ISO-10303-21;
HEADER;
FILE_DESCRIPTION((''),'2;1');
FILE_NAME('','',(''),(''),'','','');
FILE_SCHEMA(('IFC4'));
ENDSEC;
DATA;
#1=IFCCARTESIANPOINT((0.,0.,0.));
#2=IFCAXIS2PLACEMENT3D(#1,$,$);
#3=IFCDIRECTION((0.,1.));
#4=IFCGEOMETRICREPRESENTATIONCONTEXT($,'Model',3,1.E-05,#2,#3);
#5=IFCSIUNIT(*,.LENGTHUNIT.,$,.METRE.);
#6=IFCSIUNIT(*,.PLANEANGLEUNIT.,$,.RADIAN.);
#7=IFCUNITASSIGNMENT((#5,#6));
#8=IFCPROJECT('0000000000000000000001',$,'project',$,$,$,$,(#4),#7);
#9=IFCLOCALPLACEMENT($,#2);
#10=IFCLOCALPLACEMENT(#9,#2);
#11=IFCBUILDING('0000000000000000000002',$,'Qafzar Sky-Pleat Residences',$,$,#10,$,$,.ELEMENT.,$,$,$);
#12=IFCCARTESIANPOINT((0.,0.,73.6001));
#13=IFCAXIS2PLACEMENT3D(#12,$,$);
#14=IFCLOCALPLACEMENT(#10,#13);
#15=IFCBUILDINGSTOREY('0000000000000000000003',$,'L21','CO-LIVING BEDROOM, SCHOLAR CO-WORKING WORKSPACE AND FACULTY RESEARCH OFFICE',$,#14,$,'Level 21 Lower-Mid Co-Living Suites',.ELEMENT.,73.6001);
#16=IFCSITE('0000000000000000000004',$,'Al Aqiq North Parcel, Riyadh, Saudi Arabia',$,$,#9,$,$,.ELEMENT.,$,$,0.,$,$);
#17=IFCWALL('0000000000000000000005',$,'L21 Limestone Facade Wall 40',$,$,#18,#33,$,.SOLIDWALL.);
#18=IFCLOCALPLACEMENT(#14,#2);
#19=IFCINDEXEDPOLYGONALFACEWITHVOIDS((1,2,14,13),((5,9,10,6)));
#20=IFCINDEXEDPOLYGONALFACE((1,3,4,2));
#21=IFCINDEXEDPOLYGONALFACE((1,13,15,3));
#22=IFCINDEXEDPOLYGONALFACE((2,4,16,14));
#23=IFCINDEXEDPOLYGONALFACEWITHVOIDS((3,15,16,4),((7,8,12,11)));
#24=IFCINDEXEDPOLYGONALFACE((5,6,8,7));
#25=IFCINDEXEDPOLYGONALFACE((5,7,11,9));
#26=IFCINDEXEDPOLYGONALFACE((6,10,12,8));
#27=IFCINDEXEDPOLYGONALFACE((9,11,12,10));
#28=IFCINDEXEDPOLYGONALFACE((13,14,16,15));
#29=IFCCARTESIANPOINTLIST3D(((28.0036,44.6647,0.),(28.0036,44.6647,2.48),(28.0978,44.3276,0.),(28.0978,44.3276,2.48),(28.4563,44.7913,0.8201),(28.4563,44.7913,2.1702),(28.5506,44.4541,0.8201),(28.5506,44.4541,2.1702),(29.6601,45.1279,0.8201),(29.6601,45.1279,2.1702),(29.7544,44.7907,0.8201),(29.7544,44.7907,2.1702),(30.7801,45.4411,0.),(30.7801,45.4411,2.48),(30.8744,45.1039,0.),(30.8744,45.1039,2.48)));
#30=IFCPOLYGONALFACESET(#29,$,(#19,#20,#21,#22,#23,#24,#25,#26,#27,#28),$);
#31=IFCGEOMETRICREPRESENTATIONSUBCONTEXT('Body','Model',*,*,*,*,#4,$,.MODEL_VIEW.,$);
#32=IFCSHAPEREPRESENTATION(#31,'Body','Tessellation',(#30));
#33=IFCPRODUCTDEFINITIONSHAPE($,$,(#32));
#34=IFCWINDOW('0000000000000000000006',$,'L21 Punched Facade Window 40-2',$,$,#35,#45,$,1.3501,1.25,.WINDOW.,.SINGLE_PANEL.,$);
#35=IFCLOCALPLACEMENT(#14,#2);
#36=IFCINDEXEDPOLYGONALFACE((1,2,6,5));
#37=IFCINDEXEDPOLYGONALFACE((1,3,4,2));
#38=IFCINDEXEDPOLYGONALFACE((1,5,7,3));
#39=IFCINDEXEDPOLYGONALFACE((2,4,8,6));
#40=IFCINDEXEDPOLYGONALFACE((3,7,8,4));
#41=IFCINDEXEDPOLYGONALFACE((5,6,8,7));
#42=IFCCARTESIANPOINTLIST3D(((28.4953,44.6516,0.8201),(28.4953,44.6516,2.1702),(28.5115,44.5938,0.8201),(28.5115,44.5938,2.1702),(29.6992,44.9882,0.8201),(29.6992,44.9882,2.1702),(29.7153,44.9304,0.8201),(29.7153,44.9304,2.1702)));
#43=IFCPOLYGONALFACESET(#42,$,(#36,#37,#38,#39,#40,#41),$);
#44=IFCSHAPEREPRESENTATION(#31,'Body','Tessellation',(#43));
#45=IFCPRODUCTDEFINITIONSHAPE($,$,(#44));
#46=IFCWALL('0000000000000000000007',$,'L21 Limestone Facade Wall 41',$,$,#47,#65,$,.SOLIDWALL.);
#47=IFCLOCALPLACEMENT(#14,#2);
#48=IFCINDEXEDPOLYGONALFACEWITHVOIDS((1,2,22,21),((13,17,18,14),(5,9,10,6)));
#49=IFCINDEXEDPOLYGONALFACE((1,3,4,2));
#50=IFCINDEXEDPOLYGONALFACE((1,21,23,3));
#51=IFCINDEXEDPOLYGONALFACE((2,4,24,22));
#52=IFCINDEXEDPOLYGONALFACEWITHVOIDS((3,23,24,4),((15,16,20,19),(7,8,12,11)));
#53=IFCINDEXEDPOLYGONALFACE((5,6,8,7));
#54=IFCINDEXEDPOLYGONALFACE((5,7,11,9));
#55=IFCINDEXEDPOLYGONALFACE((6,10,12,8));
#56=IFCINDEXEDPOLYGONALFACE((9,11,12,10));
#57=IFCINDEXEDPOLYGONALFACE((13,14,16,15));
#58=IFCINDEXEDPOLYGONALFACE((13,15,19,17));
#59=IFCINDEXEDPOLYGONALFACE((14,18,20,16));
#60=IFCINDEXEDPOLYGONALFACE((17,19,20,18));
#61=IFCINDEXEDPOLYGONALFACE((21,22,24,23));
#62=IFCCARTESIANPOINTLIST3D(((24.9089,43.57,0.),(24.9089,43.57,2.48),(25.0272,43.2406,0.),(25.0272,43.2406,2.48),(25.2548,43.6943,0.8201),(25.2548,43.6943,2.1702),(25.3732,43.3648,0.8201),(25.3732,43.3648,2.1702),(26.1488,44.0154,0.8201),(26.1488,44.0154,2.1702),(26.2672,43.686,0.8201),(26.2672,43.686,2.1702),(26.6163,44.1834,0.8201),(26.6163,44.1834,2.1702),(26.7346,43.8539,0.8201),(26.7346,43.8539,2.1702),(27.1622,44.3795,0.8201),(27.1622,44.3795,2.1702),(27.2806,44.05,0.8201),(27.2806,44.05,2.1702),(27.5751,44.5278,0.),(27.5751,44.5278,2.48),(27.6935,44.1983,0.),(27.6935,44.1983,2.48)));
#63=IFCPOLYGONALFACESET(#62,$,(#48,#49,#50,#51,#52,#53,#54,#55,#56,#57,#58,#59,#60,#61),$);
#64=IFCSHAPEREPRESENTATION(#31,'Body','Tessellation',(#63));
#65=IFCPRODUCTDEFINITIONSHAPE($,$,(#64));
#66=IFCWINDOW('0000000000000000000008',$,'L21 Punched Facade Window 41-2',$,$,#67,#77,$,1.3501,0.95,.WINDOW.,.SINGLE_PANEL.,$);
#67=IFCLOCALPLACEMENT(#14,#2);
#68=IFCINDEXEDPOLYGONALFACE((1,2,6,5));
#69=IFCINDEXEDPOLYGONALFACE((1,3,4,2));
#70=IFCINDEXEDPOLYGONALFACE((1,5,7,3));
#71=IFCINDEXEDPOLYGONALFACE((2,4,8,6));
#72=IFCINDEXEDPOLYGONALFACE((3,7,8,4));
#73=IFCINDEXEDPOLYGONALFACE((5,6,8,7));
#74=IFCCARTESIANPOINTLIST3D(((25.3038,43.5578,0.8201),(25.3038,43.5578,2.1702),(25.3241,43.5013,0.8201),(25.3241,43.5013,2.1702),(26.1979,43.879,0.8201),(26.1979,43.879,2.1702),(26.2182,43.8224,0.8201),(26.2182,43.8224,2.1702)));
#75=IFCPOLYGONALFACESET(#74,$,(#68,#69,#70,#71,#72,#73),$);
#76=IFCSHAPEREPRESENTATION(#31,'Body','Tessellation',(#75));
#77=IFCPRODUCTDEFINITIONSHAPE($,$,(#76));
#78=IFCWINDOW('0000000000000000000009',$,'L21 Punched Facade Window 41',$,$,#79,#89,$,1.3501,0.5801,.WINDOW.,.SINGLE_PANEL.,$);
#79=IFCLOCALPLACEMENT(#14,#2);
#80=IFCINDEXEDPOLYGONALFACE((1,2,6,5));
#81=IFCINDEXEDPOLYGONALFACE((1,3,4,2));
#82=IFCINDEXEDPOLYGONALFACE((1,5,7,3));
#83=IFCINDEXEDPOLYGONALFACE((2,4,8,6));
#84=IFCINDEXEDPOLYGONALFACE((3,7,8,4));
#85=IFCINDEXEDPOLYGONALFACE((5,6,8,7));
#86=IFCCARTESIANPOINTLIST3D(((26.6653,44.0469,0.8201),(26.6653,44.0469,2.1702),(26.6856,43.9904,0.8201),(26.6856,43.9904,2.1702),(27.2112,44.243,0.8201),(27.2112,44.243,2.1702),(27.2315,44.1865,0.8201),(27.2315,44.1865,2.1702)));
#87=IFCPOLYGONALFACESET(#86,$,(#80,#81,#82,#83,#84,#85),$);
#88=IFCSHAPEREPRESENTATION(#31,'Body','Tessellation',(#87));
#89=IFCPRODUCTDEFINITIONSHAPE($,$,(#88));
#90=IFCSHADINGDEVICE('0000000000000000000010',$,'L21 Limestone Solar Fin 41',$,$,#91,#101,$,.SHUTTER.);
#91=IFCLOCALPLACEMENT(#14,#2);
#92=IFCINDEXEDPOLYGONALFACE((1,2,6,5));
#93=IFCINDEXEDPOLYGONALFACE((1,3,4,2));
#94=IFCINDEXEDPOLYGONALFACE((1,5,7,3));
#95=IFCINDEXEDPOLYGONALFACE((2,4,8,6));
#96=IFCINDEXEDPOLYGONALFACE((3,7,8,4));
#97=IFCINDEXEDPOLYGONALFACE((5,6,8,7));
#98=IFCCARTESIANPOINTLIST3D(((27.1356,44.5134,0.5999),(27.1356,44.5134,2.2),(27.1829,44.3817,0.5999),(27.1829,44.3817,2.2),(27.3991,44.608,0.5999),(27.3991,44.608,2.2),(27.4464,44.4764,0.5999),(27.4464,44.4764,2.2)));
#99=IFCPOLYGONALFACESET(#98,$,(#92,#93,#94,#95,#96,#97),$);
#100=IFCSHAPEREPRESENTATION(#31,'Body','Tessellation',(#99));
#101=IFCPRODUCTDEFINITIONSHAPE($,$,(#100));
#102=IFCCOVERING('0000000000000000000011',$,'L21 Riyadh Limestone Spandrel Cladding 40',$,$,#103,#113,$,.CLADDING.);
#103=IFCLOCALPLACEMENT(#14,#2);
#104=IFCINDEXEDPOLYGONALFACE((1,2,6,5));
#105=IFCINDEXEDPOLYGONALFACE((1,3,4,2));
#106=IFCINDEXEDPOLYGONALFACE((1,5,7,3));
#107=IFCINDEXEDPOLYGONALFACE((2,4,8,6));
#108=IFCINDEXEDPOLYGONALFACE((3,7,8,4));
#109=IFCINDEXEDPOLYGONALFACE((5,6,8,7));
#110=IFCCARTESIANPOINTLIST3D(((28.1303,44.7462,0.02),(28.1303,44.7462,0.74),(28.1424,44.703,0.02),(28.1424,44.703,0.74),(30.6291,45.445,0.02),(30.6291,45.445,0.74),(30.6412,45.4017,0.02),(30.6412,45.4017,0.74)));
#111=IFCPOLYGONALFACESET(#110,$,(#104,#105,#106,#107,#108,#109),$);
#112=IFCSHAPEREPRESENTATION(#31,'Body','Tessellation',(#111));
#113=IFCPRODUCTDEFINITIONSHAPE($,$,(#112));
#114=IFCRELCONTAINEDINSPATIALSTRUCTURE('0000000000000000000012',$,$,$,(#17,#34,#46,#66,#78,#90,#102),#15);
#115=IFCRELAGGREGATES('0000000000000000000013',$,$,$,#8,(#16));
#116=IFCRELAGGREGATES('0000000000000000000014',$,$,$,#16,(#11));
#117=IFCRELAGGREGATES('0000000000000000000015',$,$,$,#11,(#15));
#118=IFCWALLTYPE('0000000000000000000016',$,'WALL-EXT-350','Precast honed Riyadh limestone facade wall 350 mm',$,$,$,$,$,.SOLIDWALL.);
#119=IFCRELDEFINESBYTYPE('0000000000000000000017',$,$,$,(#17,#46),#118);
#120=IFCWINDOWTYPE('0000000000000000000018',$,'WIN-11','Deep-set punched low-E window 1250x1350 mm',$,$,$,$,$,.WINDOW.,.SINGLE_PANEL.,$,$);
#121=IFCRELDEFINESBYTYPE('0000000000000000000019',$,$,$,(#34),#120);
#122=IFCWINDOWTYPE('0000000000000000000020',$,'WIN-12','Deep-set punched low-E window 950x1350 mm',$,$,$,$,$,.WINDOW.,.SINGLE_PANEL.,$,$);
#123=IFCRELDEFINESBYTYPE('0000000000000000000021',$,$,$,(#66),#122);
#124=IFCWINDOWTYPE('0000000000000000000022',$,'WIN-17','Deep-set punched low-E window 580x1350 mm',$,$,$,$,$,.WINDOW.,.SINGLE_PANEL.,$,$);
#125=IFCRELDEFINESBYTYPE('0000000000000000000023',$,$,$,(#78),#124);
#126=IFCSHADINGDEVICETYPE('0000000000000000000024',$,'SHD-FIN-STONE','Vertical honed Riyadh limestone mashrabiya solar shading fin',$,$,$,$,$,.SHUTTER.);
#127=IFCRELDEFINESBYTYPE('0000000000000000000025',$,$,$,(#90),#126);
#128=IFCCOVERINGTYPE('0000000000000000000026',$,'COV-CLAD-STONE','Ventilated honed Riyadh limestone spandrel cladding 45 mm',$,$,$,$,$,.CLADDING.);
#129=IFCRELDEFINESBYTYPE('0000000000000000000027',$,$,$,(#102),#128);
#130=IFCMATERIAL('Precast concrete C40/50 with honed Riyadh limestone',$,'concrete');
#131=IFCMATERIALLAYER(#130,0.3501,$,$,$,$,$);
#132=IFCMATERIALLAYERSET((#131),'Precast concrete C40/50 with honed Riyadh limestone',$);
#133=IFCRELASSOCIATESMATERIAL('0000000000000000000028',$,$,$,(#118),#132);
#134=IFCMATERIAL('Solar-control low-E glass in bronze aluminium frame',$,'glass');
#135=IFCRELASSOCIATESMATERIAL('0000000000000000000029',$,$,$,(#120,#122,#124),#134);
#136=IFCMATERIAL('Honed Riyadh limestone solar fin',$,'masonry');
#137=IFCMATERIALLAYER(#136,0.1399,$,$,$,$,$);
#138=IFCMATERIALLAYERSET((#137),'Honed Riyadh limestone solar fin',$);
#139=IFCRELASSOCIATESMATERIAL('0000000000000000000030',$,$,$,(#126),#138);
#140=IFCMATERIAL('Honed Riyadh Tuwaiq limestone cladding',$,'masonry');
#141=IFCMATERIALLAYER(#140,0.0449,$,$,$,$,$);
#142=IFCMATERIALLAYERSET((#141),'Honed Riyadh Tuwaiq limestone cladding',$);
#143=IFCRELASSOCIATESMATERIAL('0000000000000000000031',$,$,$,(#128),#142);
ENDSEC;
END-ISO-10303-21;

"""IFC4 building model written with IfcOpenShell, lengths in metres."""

from ifc_helpers import new_model, si_unit, direction, frame, frame_2d, origin, origin_2d, place, context, subcontext, project, spatial, rectangle, extrude, source, transform, mapped, material, layer, layer_set, type_object, element, fill, save


model = new_model("IFC4")

# Units and contexts
model_context = context("Model", 3, precision=1e-05, world=origin(), true_north=direction((0.0, 1.0)))
body_context = subcontext(model_context, "Body", "Model", "MODEL_VIEW")
ifc_project = project(units=[si_unit("LENGTHUNIT", "METRE"), si_unit("PLANEANGLEUNIT", "RADIAN")], contexts=[model_context])

# Site, building, storey
site_placement = place(None, origin())
site = spatial("IfcSite", under=ifc_project, at=site_placement, Name="Al Aqiq North Parcel, Riyadh, Saudi Arabia", CompositionType="ELEMENT", RefElevation=0.0)
building_placement = place(site_placement, origin())
building = spatial("IfcBuilding", under=site, at=building_placement, Name="Qafzar Sky-Pleat Residences", CompositionType="ELEMENT")
storey_placement = place(building_placement, frame((0.0, 0.0, 73.6001)))
storey = spatial("IfcBuildingStorey", under=building, at=storey_placement, Name="L21", Description="CO-LIVING BEDROOM, SCHOLAR CO-WORKING WORKSPACE AND FACULTY RESEARCH OFFICE", LongName="Level 21 Lower-Mid Co-Living Suites", CompositionType="ELEMENT", Elevation=73.6001)

# Wall, opening, window
ifc_material_1 = material(Name="Precast concrete C40/50 with honed Riyadh limestone", Category="concrete")
ifc_layer_1 = layer(ifc_material_1, 0.3501)
ifc_layer_set_1 = layer_set([ifc_layer_1], Name="Precast concrete C40/50 with honed Riyadh limestone")
wall_type_1 = type_object("IfcWallType", Name="WALL-EXT-350", Description="Precast honed Riyadh limestone facade wall 350 mm", PredefinedType="SOLIDWALL", material=ifc_layer_set_1)
ifc_material_2 = material(Name="Solar-control low-E glass in bronze aluminium frame", Category="glass")
wall_1_placement = place(storey_placement, frame((30.8271, 45.2725, 0.0), z_axis=(0.0, 0.0, 1.0), x_axis=(-0.963062, -0.269281, 0.0)))
wall_1 = element("IfcWall", 1, at=wall_1_placement, inside=storey, type_object=wall_type_1, Name="L21 Limestone Facade Wall 40", PredefinedType="SOLIDWALL", context=body_context, shape_type="SweptSolid", body=[
    extrude(rectangle(XDim=2.8831, YDim=0.3501, at=frame_2d((1.4414, 0.0))), origin(), (0.0, 0.0, 1.0), 2.48),
])
opening_1_placement = place(wall_1_placement, frame((1.1628, 0.0, 0.8201)))
opening_1 = element("IfcOpeningElement", 2, at=opening_1_placement, cuts=wall_1, PredefinedType="OPENING", context=body_context, shape_type="SweptSolid", body=[
    extrude(rectangle(XDim=1.25, YDim=1.3501, at=frame_2d((0.625, 0.675))), frame((0.0, 0.1851, 0.0), z_axis=(0.0, -1.0, 0.0), x_axis=(1.0, 0.0, 0.0)), (0.0, 0.0, 1.0), 0.3701),
])
window_type_1 = type_object("IfcWindowType", Name="WIN-11", Description="Deep-set punched low-E window 1250x1350 mm", PartitioningType="SINGLE_PANEL", PredefinedType="WINDOW", material=ifc_material_2)
shared_shape_1 = source(origin(), body_context, "Body", "SweptSolid", [
    extrude(rectangle(XDim=1.25, YDim=1.3501, at=frame_2d((0.625, 0.675))), frame((0.0, 0.03, 0.0), z_axis=(0.0, -1.0, 0.0), x_axis=(1.0, 0.0, 0.0)), (0.0, 0.0, 1.0), 0.0601),
])
window_1_placement = place(opening_1_placement, origin())
window_1 = element("IfcWindow", 3, at=window_1_placement, inside=storey, type_object=window_type_1, Name="L21 Punched Facade Window 40-2", OverallHeight=1.3501, OverallWidth=1.25, PartitioningType="SINGLE_PANEL", PredefinedType="WINDOW", context=body_context, shape_type="MappedRepresentation", body=[
    mapped(shared_shape_1, transform((0.0, 0.0, 0.0), x_axis=(1.0, 0.0, 0.0), y_axis=(0.0, 1.0, 0.0), z_axis=(0.0, 0.0, 1.0), scale=1.0)),
])
fill(opening_1, window_1)

# Wall, openings, windows
wall_2_placement = place(storey_placement, frame((27.6343, 44.363, 0.0), z_axis=(0.0, 0.0, 1.0), x_axis=(-0.941122, -0.338066, 0.0)))
wall_2 = element("IfcWall", 4, at=wall_2_placement, inside=storey, type_object=wall_type_1, Name="L21 Limestone Facade Wall 41", PredefinedType="SOLIDWALL", context=body_context, shape_type="SweptSolid", body=[
    extrude(rectangle(XDim=2.833, YDim=0.3501, at=frame_2d((1.4165, 0.0))), origin(), (0.0, 0.0, 1.0), 2.48),
])
opening_2_placement = place(wall_2_placement, frame((0.4387, 0.0, 0.8201)))
opening_2 = element("IfcOpeningElement", 5, at=opening_2_placement, cuts=wall_2, PredefinedType="OPENING", context=body_context, shape_type="SweptSolid", body=[
    extrude(rectangle(XDim=0.5801, YDim=1.3501, at=frame_2d((0.29, 0.675))), frame((0.0, 0.1851, 0.0), z_axis=(0.0, -1.0, 0.0), x_axis=(1.0, 0.0, 0.0)), (0.0, 0.0, 1.0), 0.3701),
])
opening_3_placement = place(wall_2_placement, frame((1.5154, 0.0, 0.8201)))
opening_3 = element("IfcOpeningElement", 6, at=opening_3_placement, cuts=wall_2, PredefinedType="OPENING", context=body_context, shape_type="SweptSolid", body=[
    extrude(rectangle(XDim=0.95, YDim=1.3501, at=frame_2d((0.4751, 0.675))), frame((0.0, 0.1851, 0.0), z_axis=(0.0, -1.0, 0.0), x_axis=(1.0, 0.0, 0.0)), (0.0, 0.0, 1.0), 0.3701),
])
window_type_2 = type_object("IfcWindowType", Name="WIN-12", Description="Deep-set punched low-E window 950x1350 mm", PartitioningType="SINGLE_PANEL", PredefinedType="WINDOW", material=ifc_material_2)
shared_shape_2 = source(origin(), body_context, "Body", "SweptSolid", [
    extrude(rectangle(XDim=0.95, YDim=1.3501, at=frame_2d((0.4751, 0.675))), frame((0.0, 0.03, 0.0), z_axis=(0.0, -1.0, 0.0), x_axis=(1.0, 0.0, 0.0)), (0.0, 0.0, 1.0), 0.0601),
])
window_2_placement = place(opening_3_placement, origin())
window_2 = element("IfcWindow", 7, at=window_2_placement, inside=storey, type_object=window_type_2, Name="L21 Punched Facade Window 41-2", OverallHeight=1.3501, OverallWidth=0.95, PartitioningType="SINGLE_PANEL", PredefinedType="WINDOW", context=body_context, shape_type="MappedRepresentation", body=[
    mapped(shared_shape_2, transform((0.0, 0.0, 0.0), x_axis=(1.0, 0.0, 0.0), y_axis=(0.0, 1.0, 0.0), z_axis=(0.0, 0.0, 1.0), scale=1.0)),
])
fill(opening_3, window_2)
window_type_3 = type_object("IfcWindowType", Name="WIN-17", Description="Deep-set punched low-E window 580x1350 mm", PartitioningType="SINGLE_PANEL", PredefinedType="WINDOW", material=ifc_material_2)
shared_shape_3 = source(origin(), body_context, "Body", "SweptSolid", [
    extrude(rectangle(XDim=0.5801, YDim=1.3501, at=frame_2d((0.29, 0.675))), frame((0.0, 0.03, 0.0), z_axis=(0.0, -1.0, 0.0), x_axis=(1.0, 0.0, 0.0)), (0.0, 0.0, 1.0), 0.0601),
])
window_3_placement = place(opening_2_placement, origin())
window_3 = element("IfcWindow", 8, at=window_3_placement, inside=storey, type_object=window_type_3, Name="L21 Punched Facade Window 41", OverallHeight=1.3501, OverallWidth=0.5801, PartitioningType="SINGLE_PANEL", PredefinedType="WINDOW", context=body_context, shape_type="MappedRepresentation", body=[
    mapped(shared_shape_3, transform((0.0, 0.0, 0.0), x_axis=(1.0, 0.0, 0.0), y_axis=(0.0, 1.0, 0.0), z_axis=(0.0, 0.0, 1.0), scale=1.0)),
])
fill(opening_2, window_3)

# Shading device
ifc_material_3 = material(Name="Honed Riyadh limestone solar fin", Category="masonry")
ifc_layer_2 = layer(ifc_material_3, 0.1399)
ifc_layer_set_2 = layer_set([ifc_layer_2], Name="Honed Riyadh limestone solar fin")
shading_device_type = type_object("IfcShadingDeviceType", Name="SHD-FIN-STONE", Description="Vertical honed Riyadh limestone mashrabiya solar shading fin", PredefinedType="SHUTTER", material=ifc_layer_set_2)
shared_shape_4 = source(origin(), body_context, "Body", "SweptSolid", [
    extrude(rectangle(XDim=0.1399, YDim=0.28, at=origin_2d()), origin(), (0.0, 0.0, 1.0), 1.6001),
])
shading_device_placement = place(storey_placement, frame((27.291, 44.4949, 0.5999), z_axis=(0.0, 0.0, 1.0), x_axis=(-0.338106, 0.941108, 0.0)))
element("IfcShadingDevice", 9, at=shading_device_placement, inside=storey, type_object=shading_device_type, Name="L21 Limestone Solar Fin 41", PredefinedType="SHUTTER", context=body_context, shape_type="MappedRepresentation", body=[
    mapped(shared_shape_4, transform((0.0, 0.0, 0.0), x_axis=(1.0, 0.0, 0.0), y_axis=(0.0, 1.0, 0.0), z_axis=(0.0, 0.0, 1.0), scale=1.0)),
])

# Covering
ifc_material_4 = material(Name="Honed Riyadh Tuwaiq limestone cladding", Category="masonry")
ifc_layer_3 = layer(ifc_material_4, 0.0449)
ifc_layer_set_3 = layer_set([ifc_layer_3], Name="Honed Riyadh Tuwaiq limestone cladding")
covering_type = type_object("IfcCoveringType", Name="COV-CLAD-STONE", Description="Ventilated honed Riyadh limestone spandrel cladding 45 mm", PredefinedType="CLADDING", material=ifc_layer_set_3)
shared_shape_5 = source(origin(), body_context, "Body", "SweptSolid", [
    extrude(rectangle(XDim=2.5947, YDim=0.0449, at=origin_2d()), origin(), (0.0, 0.0, 1.0), 0.72),
])
covering_placement = place(storey_placement, frame((29.3857, 45.074, 0.02), z_axis=(0.0, 0.0, 1.0), x_axis=(-0.963056, -0.269302, 0.0)))
element("IfcCovering", 10, at=covering_placement, inside=storey, type_object=covering_type, Name="L21 Riyadh Limestone Spandrel Cladding 40", PredefinedType="CLADDING", context=body_context, shape_type="MappedRepresentation", body=[
    mapped(shared_shape_5, transform((0.0, 0.0, 0.0), x_axis=(1.0, 0.0, 0.0), y_axis=(0.0, 1.0, 0.0), z_axis=(0.0, 0.0, 1.0), scale=1.0)),
])

save(model, "model.ifc")
